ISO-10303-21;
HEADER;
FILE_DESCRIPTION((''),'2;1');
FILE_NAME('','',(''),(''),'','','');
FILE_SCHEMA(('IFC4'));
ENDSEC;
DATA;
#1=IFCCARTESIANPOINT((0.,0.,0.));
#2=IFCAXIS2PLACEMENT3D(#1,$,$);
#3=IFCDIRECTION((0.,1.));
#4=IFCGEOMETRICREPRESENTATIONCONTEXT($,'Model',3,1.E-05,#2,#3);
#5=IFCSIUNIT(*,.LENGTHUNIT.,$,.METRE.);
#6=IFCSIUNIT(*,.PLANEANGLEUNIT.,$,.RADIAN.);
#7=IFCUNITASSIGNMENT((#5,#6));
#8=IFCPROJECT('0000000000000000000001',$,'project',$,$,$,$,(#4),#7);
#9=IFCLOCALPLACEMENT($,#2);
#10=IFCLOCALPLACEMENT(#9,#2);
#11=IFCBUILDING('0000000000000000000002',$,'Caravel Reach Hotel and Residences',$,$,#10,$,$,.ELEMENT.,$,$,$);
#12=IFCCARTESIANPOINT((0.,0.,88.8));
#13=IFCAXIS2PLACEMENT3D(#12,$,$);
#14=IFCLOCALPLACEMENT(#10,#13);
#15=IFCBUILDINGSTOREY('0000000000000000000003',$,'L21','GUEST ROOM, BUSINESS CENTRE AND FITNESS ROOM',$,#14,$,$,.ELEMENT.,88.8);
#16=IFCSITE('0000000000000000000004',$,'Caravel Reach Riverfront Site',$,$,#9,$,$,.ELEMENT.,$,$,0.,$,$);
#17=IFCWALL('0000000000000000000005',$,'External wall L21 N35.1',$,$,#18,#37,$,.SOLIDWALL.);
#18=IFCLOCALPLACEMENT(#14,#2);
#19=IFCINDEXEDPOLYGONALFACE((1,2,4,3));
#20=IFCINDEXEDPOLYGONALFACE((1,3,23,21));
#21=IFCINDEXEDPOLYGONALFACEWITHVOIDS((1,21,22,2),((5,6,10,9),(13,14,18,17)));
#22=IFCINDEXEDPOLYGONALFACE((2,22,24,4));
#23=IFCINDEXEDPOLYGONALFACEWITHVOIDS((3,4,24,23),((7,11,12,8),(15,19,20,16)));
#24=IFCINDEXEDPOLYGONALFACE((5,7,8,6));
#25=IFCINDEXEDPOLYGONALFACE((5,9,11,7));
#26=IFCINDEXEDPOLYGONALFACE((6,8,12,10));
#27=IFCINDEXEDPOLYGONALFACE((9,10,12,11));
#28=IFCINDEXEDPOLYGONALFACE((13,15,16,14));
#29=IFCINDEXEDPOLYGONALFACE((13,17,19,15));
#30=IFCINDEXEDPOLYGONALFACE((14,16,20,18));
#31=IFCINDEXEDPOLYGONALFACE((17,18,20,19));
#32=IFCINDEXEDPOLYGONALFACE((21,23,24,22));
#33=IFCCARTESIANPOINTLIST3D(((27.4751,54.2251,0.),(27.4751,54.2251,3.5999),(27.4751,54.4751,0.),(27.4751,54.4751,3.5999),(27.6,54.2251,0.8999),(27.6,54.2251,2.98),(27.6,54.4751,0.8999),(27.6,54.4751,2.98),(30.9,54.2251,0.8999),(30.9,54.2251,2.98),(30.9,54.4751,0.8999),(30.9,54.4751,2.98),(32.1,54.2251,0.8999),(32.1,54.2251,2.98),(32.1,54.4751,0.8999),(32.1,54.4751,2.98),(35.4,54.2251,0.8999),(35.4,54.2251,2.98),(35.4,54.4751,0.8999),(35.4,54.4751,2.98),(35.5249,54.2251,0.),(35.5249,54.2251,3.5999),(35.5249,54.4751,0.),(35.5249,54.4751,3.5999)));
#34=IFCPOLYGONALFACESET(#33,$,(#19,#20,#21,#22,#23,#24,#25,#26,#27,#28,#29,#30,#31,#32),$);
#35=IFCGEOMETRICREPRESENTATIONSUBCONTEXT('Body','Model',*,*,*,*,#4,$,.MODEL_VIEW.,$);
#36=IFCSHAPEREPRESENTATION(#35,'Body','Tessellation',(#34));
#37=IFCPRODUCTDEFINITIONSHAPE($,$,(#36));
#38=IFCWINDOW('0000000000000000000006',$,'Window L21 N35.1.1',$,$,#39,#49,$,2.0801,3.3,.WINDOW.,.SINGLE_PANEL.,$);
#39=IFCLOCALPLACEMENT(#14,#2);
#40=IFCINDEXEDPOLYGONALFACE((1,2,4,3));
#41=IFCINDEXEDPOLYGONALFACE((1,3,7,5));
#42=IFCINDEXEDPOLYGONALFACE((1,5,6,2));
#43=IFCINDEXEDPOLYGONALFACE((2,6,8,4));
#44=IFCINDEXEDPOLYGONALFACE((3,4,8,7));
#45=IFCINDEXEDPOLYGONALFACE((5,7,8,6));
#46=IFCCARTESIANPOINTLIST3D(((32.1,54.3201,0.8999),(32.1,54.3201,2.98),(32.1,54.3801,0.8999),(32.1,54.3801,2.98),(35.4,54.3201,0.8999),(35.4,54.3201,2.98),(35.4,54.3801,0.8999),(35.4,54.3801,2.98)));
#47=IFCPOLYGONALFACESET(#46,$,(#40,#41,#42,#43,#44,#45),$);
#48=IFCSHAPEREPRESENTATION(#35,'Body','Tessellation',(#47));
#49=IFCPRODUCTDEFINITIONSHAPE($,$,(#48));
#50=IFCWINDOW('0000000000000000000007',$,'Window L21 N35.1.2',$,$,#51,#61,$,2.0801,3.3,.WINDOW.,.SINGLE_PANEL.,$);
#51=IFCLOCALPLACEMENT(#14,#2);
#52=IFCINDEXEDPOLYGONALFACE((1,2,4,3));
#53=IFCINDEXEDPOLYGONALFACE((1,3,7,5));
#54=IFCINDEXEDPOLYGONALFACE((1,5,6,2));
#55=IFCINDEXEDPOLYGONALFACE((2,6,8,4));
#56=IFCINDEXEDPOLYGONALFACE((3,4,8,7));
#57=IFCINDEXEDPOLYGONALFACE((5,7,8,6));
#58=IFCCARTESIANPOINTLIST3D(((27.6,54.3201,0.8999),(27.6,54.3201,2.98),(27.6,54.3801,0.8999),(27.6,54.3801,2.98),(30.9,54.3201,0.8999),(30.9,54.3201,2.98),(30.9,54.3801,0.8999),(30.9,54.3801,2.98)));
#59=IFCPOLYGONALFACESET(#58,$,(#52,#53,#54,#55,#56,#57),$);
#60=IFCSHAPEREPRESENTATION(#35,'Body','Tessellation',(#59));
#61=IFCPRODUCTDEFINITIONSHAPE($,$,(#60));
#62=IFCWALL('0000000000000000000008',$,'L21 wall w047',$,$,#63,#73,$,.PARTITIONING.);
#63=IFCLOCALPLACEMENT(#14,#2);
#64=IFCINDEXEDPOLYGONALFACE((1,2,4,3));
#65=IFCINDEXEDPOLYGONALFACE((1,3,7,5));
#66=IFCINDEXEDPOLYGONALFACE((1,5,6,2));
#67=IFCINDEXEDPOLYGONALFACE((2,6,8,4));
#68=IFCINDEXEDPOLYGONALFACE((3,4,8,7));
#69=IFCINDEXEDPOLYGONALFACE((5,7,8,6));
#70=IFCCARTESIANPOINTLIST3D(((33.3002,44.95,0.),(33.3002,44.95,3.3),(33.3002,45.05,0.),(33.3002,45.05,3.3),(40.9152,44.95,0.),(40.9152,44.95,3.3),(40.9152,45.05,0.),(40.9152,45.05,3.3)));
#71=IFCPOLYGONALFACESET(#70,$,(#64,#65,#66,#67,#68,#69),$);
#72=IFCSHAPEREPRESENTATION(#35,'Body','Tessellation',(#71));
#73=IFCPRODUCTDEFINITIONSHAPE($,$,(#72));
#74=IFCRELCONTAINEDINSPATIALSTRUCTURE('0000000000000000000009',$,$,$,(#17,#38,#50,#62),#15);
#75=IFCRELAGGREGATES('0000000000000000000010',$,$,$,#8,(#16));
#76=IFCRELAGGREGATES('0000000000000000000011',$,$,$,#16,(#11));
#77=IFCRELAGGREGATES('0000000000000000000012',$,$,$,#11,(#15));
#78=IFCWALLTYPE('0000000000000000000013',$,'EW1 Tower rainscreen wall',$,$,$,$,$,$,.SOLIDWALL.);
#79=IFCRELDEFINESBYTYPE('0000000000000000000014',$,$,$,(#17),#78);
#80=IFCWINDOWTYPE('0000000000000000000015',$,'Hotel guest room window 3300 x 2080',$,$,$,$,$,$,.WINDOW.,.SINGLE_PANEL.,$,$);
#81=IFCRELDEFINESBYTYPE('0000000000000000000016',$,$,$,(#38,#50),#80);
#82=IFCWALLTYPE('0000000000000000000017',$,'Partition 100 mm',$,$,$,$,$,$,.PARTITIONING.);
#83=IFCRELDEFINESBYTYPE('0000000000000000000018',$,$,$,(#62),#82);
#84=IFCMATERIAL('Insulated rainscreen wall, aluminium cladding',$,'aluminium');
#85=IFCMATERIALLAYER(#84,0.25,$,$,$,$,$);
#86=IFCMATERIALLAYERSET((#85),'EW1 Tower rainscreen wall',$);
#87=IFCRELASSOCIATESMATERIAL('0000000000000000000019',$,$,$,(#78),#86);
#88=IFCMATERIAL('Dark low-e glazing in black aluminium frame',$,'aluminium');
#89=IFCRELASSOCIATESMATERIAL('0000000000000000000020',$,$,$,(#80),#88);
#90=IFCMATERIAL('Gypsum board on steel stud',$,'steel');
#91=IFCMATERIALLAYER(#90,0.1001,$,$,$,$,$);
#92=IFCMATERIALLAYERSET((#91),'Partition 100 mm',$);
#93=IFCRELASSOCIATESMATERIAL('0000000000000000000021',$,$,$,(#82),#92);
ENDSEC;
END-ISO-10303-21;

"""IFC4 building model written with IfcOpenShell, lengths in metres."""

from ifc_helpers import new_model, si_unit, direction, frame, frame_2d, origin, place, context, subcontext, project, spatial, rectangle, extrude, material, layer, layer_set, type_object, element, fill, save


model = new_model("IFC4")

# Units and contexts
model_context = context("Model", 3, precision=1e-05, world=origin(), true_north=direction((0.0, 1.0)))
body_context = subcontext(model_context, "Body", "Model", "MODEL_VIEW")
ifc_project = project(units=[si_unit("LENGTHUNIT", "METRE"), si_unit("PLANEANGLEUNIT", "RADIAN")], contexts=[model_context])

# Site, building, storey
site_placement = place(None, origin())
site = spatial("IfcSite", under=ifc_project, at=site_placement, Name="Caravel Reach Riverfront Site", CompositionType="ELEMENT", RefElevation=0.0)
building_placement = place(site_placement, origin())
building = spatial("IfcBuilding", under=site, at=building_placement, Name="Caravel Reach Hotel and Residences", CompositionType="ELEMENT")
storey_placement = place(building_placement, frame((0.0, 0.0, 88.8)))
storey = spatial("IfcBuildingStorey", under=building, at=storey_placement, Name="L21", Description="GUEST ROOM, BUSINESS CENTRE AND FITNESS ROOM", CompositionType="ELEMENT", Elevation=88.8)

# Shared definitions
ifc_material_1 = material(Name="Insulated rainscreen wall, aluminium cladding", Category="aluminium")
ifc_layer_1 = layer(ifc_material_1, 0.25)
ifc_layer_set_1 = layer_set([ifc_layer_1], Name="EW1 Tower rainscreen wall")
wall_type_1 = type_object("IfcWallType", Name="EW1 Tower rainscreen wall", PredefinedType="SOLIDWALL", material=ifc_layer_set_1)
ifc_material_2 = material(Name="Dark low-e glazing in black aluminium frame", Category="aluminium")
window_type_1 = type_object("IfcWindowType", Name="Hotel guest room window 3300 x 2080", PartitioningType="SINGLE_PANEL", PredefinedType="WINDOW", material=ifc_material_2)

# Wall, openings, windows
wall_1_placement = place(storey_placement, frame((35.5249, 54.3501, 0.0), z_axis=(0.0, 0.0, 1.0), x_axis=(-1.0, 0.0, 0.0)))
wall_1 = element("IfcWall", 1, at=wall_1_placement, inside=storey, type_object=wall_type_1, Name="External wall L21 N35.1", PredefinedType="SOLIDWALL", context=body_context, shape_type="SweptSolid", body=[
    extrude(rectangle(XDim=8.0498, YDim=0.25, at=frame_2d((4.0249, 0.0))), origin(), (0.0, 0.0, 1.0), 3.5999),
])
opening_1_placement = place(wall_1_placement, frame((0.125, 0.0, 0.8999)))
opening_1 = element("IfcOpeningElement", 2, at=opening_1_placement, cuts=wall_1, PredefinedType="OPENING", context=body_context, shape_type="SweptSolid", body=[
    extrude(rectangle(XDim=3.3, YDim=2.0801, at=frame_2d((1.6499, 1.04))), frame((0.0, 0.135, 0.0), z_axis=(0.0, -1.0, 0.0), x_axis=(1.0, 0.0, 0.0)), (0.0, 0.0, 1.0), 0.27),
])
opening_2_placement = place(wall_1_placement, frame((4.625, 0.0, 0.8999)))
opening_2 = element("IfcOpeningElement", 3, at=opening_2_placement, cuts=wall_1, PredefinedType="OPENING", context=body_context, shape_type="SweptSolid", body=[
    extrude(rectangle(XDim=3.3, YDim=2.0801, at=frame_2d((1.6499, 1.04))), frame((0.0, 0.135, 0.0), z_axis=(0.0, -1.0, 0.0), x_axis=(1.0, 0.0, 0.0)), (0.0, 0.0, 1.0), 0.27),
])
window_1_placement = place(opening_1_placement, origin())
window_1 = element("IfcWindow", 4, at=window_1_placement, inside=storey, type_object=window_type_1, Name="Window L21 N35.1.1", OverallHeight=2.0801, OverallWidth=3.3, PartitioningType="SINGLE_PANEL", PredefinedType="WINDOW", context=body_context, shape_type="SweptSolid", body=[
    extrude(rectangle(XDim=3.3, YDim=2.0801, at=frame_2d((1.6499, 1.04))), frame((0.0, 0.03, 0.0), z_axis=(0.0, -1.0, 0.0), x_axis=(1.0, 0.0, 0.0)), (0.0, 0.0, 1.0), 0.0601),
])
fill(opening_1, window_1)
window_2_placement = place(opening_2_placement, origin())
window_2 = element("IfcWindow", 5, at=window_2_placement, inside=storey, type_object=window_type_1, Name="Window L21 N35.1.2", OverallHeight=2.0801, OverallWidth=3.3, PartitioningType="SINGLE_PANEL", PredefinedType="WINDOW", context=body_context, shape_type="SweptSolid", body=[
    extrude(rectangle(XDim=3.3, YDim=2.0801, at=frame_2d((1.6499, 1.04))), frame((0.0, 0.03, 0.0), z_axis=(0.0, -1.0, 0.0), x_axis=(1.0, 0.0, 0.0)), (0.0, 0.0, 1.0), 0.0601),
])
fill(opening_2, window_2)

# Wall
ifc_material_3 = material(Name="Gypsum board on steel stud", Category="steel")
ifc_layer_2 = layer(ifc_material_3, 0.1001)
ifc_layer_set_2 = layer_set([ifc_layer_2], Name="Partition 100 mm")
wall_type_2 = type_object("IfcWallType", Name="Partition 100 mm", PredefinedType="PARTITIONING", material=ifc_layer_set_2)
wall_2_placement = place(storey_placement, frame((33.3, 45.0, 0.0), z_axis=(0.0, 0.0, 1.0), x_axis=(1.0, 0.0, 0.0)))
element("IfcWall", 6, at=wall_2_placement, inside=storey, type_object=wall_type_2, Name="L21 wall w047", PredefinedType="PARTITIONING", context=body_context, shape_type="SweptSolid", body=[
    extrude(rectangle(XDim=7.615, YDim=0.1001, at=frame_2d((3.8076, 0.0))), origin(), (0.0, 0.0, 1.0), 3.3),
])

save(model, "model.ifc")
